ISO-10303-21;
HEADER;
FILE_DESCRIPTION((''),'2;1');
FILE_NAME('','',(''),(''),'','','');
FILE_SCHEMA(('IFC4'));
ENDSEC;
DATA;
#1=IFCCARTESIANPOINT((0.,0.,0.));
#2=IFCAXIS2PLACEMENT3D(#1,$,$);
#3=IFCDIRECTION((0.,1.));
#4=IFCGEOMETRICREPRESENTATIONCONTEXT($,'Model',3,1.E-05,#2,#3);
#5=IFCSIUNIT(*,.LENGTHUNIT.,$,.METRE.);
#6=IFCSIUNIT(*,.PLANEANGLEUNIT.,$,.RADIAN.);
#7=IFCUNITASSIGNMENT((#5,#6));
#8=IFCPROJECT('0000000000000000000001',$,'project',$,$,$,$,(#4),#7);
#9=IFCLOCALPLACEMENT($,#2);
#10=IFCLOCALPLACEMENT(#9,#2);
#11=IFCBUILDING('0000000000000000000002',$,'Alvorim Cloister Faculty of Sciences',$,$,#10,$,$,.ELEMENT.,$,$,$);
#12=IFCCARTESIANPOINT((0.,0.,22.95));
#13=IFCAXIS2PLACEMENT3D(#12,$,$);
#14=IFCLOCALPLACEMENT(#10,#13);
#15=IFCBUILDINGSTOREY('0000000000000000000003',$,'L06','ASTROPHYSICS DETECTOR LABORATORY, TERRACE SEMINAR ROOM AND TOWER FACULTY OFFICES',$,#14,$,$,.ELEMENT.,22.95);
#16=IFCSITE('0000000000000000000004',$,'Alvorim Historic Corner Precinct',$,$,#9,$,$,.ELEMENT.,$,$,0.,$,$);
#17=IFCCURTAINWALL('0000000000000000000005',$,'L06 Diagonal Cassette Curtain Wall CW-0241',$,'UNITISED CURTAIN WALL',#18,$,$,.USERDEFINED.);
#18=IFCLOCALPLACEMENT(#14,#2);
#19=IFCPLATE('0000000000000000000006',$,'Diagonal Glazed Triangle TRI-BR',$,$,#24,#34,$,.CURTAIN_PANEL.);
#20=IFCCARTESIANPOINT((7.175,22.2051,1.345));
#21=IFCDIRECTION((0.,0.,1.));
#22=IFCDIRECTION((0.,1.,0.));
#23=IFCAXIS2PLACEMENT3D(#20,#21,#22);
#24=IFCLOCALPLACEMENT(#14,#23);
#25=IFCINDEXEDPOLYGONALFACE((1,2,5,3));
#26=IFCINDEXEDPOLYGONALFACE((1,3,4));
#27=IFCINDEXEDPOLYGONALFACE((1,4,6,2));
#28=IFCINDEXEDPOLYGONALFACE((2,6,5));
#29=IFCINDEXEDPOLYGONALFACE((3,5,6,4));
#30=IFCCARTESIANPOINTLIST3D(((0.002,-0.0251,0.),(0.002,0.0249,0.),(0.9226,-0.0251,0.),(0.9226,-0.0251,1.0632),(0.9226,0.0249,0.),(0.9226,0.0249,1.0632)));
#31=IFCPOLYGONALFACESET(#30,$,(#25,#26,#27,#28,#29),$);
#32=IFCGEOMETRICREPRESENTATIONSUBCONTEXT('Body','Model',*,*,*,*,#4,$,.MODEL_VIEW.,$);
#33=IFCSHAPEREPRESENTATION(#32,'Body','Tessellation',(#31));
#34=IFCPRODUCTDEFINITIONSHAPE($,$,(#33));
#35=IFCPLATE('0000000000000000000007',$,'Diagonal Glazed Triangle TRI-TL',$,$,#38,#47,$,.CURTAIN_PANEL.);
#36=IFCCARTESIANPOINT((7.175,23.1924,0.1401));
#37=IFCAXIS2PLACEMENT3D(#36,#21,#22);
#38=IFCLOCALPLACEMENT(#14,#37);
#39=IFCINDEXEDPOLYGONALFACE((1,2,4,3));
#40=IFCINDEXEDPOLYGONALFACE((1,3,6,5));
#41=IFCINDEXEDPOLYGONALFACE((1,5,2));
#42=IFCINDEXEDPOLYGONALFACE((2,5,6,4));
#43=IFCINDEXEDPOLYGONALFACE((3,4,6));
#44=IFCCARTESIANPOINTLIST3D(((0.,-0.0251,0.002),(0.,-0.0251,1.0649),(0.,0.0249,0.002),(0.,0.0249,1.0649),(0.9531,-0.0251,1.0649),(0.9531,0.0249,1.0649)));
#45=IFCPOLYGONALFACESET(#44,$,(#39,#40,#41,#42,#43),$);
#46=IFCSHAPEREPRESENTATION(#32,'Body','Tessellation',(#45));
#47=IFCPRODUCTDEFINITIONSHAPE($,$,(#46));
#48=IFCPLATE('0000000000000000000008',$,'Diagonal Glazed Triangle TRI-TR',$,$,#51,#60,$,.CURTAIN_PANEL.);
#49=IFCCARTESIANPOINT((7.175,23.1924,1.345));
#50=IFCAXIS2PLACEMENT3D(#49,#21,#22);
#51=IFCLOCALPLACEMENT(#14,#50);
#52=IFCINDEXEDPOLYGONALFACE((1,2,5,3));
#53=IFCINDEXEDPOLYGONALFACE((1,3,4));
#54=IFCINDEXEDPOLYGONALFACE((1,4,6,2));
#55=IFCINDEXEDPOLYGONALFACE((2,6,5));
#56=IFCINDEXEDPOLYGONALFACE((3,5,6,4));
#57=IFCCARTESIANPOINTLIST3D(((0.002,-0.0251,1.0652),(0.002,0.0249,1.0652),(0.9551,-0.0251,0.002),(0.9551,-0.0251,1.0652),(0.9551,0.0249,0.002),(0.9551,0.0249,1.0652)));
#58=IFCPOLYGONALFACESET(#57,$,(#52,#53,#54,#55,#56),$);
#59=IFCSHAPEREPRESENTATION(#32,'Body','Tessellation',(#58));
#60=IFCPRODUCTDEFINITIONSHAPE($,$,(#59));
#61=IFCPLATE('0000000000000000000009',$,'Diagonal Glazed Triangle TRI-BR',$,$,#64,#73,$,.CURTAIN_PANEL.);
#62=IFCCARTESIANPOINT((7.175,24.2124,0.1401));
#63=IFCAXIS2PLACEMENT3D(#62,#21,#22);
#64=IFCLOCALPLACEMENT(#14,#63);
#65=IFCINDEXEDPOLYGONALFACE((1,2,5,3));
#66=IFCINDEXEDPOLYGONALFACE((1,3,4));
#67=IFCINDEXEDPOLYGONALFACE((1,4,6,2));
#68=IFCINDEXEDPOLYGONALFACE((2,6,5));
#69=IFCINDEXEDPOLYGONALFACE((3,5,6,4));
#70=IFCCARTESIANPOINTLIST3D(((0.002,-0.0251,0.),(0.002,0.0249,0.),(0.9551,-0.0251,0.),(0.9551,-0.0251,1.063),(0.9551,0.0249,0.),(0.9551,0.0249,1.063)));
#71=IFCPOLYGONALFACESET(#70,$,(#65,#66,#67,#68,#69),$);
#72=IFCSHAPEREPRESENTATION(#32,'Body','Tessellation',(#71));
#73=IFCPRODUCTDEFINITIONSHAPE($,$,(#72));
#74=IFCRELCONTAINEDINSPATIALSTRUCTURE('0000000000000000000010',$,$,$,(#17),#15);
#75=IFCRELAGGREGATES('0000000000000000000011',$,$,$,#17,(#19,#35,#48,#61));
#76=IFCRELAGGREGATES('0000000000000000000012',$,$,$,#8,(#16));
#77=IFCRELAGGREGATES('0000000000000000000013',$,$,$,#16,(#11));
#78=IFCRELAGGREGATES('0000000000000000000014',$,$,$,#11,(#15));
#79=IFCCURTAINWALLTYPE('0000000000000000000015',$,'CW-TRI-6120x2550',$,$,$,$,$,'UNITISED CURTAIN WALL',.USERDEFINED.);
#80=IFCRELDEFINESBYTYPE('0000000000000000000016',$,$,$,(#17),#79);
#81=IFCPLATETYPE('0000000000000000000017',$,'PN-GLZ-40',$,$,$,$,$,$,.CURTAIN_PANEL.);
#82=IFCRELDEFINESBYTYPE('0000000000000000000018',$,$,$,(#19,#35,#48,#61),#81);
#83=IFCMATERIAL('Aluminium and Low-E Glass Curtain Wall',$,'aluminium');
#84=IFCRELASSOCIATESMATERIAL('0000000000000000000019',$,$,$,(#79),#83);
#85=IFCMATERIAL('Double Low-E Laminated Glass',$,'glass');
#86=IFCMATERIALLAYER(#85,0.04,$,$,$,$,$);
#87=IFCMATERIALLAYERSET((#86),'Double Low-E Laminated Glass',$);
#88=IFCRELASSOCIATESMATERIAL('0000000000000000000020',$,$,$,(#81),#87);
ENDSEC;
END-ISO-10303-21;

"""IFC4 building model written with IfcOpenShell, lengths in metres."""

from ifc_helpers import new_model, si_unit, direction, frame, origin, place, context, subcontext, project, spatial, polyline, outline, extrude, material, layer, layer_set, type_object, element, aggregate, save


model = new_model("IFC4")

# Units and contexts
model_context = context("Model", 3, precision=1e-05, world=origin(), true_north=direction((0.0, 1.0)))
body_context = subcontext(model_context, "Body", "Model", "MODEL_VIEW")
ifc_project = project(units=[si_unit("LENGTHUNIT", "METRE"), si_unit("PLANEANGLEUNIT", "RADIAN")], contexts=[model_context])

# Site, building, storey
site_placement = place(None, origin())
site = spatial("IfcSite", under=ifc_project, at=site_placement, Name="Alvorim Historic Corner Precinct", CompositionType="ELEMENT", RefElevation=0.0)
building_placement = place(site_placement, origin())
building = spatial("IfcBuilding", under=site, at=building_placement, Name="Alvorim Cloister Faculty of Sciences", CompositionType="ELEMENT")
storey_placement = place(building_placement, frame((0.0, 0.0, 22.95)))
storey = spatial("IfcBuildingStorey", under=building, at=storey_placement, Name="L06", Description="ASTROPHYSICS DETECTOR LABORATORY, TERRACE SEMINAR ROOM AND TOWER FACULTY OFFICES", CompositionType="ELEMENT", Elevation=22.95)

# Curtain wall, plates
ifc_material_1 = material(Name="Aluminium and Low-E Glass Curtain Wall", Category="aluminium")
curtain_wall_type = type_object("IfcCurtainWallType", Name="CW-TRI-6120x2550", ElementType="UNITISED CURTAIN WALL", PredefinedType="USERDEFINED", material=ifc_material_1)
curtain_wall_placement = place(storey_placement, origin())
curtain_wall = element("IfcCurtainWall", 1, at=curtain_wall_placement, inside=storey, type_object=curtain_wall_type, Name="L06 Diagonal Cassette Curtain Wall CW-0241", ObjectType="UNITISED CURTAIN WALL", PredefinedType="USERDEFINED")
ifc_material_2 = material(Name="Double Low-E Laminated Glass", Category="glass")
ifc_layer_1 = layer(ifc_material_2, 0.04)
ifc_layer_set_1 = layer_set([ifc_layer_1], Name="Double Low-E Laminated Glass")
plate_type = type_object("IfcPlateType", Name="PN-GLZ-40", PredefinedType="CURTAIN_PANEL", material=ifc_layer_set_1)
plate_1_placement = place(storey_placement, frame((7.175, 22.2051, 1.345), z_axis=(0.0, 0.0, 1.0), x_axis=(0.0, 1.0, 0.0)))
plate_1 = element("IfcPlate", 2, at=plate_1_placement, type_object=plate_type, Name="Diagonal Glazed Triangle TRI-BR", PredefinedType="CURTAIN_PANEL", context=body_context, shape_type="SweptSolid", body=[
    extrude(outline(polyline([(0.002, 0.0), (0.9226, 0.0), (0.9226, 1.0632), (0.002, 0.0)])), frame((0.0, 0.0249, 0.0), z_axis=(0.0, -1.0, 0.0), x_axis=(1.0, 0.0, 0.0)), (0.0, 0.0, 1.0), 0.05),
])
plate_2_placement = place(storey_placement, frame((7.175, 23.1924, 0.1401), z_axis=(0.0, 0.0, 1.0), x_axis=(0.0, 1.0, 0.0)))
plate_2 = element("IfcPlate", 3, at=plate_2_placement, type_object=plate_type, Name="Diagonal Glazed Triangle TRI-TL", PredefinedType="CURTAIN_PANEL", context=body_context, shape_type="SweptSolid", body=[
    extrude(outline(polyline([(0.9531, 1.0649), (0.0, 1.0649), (0.0, 0.002), (0.9531, 1.0649)])), frame((0.0, 0.0249, 0.0), z_axis=(0.0, -1.0, 0.0), x_axis=(1.0, 0.0, 0.0)), (0.0, 0.0, 1.0), 0.05),
])
plate_3_placement = place(storey_placement, frame((7.175, 23.1924, 1.345), z_axis=(0.0, 0.0, 1.0), x_axis=(0.0, 1.0, 0.0)))
plate_3 = element("IfcPlate", 4, at=plate_3_placement, type_object=plate_type, Name="Diagonal Glazed Triangle TRI-TR", PredefinedType="CURTAIN_PANEL", context=body_context, shape_type="SweptSolid", body=[
    extrude(outline(polyline([(0.9551, 0.002), (0.9551, 1.0652), (0.002, 1.0652), (0.9551, 0.002)])), frame((0.0, 0.0249, 0.0), z_axis=(0.0, -1.0, 0.0), x_axis=(1.0, 0.0, 0.0)), (0.0, 0.0, 1.0), 0.05),
])
plate_4_placement = place(storey_placement, frame((7.175, 24.2124, 0.1401), z_axis=(0.0, 0.0, 1.0), x_axis=(0.0, 1.0, 0.0)))
plate_4 = element("IfcPlate", 5, at=plate_4_placement, type_object=plate_type, Name="Diagonal Glazed Triangle TRI-BR", PredefinedType="CURTAIN_PANEL", context=body_context, shape_type="SweptSolid", body=[
    extrude(outline(polyline([(0.002, 0.0), (0.9551, 0.0), (0.9551, 1.063), (0.002, 0.0)])), frame((0.0, 0.0249, 0.0), z_axis=(0.0, -1.0, 0.0), x_axis=(1.0, 0.0, 0.0)), (0.0, 0.0, 1.0), 0.05),
])
aggregate(curtain_wall, [plate_1, plate_2, plate_3, plate_4])

save(model, "model.ifc")
